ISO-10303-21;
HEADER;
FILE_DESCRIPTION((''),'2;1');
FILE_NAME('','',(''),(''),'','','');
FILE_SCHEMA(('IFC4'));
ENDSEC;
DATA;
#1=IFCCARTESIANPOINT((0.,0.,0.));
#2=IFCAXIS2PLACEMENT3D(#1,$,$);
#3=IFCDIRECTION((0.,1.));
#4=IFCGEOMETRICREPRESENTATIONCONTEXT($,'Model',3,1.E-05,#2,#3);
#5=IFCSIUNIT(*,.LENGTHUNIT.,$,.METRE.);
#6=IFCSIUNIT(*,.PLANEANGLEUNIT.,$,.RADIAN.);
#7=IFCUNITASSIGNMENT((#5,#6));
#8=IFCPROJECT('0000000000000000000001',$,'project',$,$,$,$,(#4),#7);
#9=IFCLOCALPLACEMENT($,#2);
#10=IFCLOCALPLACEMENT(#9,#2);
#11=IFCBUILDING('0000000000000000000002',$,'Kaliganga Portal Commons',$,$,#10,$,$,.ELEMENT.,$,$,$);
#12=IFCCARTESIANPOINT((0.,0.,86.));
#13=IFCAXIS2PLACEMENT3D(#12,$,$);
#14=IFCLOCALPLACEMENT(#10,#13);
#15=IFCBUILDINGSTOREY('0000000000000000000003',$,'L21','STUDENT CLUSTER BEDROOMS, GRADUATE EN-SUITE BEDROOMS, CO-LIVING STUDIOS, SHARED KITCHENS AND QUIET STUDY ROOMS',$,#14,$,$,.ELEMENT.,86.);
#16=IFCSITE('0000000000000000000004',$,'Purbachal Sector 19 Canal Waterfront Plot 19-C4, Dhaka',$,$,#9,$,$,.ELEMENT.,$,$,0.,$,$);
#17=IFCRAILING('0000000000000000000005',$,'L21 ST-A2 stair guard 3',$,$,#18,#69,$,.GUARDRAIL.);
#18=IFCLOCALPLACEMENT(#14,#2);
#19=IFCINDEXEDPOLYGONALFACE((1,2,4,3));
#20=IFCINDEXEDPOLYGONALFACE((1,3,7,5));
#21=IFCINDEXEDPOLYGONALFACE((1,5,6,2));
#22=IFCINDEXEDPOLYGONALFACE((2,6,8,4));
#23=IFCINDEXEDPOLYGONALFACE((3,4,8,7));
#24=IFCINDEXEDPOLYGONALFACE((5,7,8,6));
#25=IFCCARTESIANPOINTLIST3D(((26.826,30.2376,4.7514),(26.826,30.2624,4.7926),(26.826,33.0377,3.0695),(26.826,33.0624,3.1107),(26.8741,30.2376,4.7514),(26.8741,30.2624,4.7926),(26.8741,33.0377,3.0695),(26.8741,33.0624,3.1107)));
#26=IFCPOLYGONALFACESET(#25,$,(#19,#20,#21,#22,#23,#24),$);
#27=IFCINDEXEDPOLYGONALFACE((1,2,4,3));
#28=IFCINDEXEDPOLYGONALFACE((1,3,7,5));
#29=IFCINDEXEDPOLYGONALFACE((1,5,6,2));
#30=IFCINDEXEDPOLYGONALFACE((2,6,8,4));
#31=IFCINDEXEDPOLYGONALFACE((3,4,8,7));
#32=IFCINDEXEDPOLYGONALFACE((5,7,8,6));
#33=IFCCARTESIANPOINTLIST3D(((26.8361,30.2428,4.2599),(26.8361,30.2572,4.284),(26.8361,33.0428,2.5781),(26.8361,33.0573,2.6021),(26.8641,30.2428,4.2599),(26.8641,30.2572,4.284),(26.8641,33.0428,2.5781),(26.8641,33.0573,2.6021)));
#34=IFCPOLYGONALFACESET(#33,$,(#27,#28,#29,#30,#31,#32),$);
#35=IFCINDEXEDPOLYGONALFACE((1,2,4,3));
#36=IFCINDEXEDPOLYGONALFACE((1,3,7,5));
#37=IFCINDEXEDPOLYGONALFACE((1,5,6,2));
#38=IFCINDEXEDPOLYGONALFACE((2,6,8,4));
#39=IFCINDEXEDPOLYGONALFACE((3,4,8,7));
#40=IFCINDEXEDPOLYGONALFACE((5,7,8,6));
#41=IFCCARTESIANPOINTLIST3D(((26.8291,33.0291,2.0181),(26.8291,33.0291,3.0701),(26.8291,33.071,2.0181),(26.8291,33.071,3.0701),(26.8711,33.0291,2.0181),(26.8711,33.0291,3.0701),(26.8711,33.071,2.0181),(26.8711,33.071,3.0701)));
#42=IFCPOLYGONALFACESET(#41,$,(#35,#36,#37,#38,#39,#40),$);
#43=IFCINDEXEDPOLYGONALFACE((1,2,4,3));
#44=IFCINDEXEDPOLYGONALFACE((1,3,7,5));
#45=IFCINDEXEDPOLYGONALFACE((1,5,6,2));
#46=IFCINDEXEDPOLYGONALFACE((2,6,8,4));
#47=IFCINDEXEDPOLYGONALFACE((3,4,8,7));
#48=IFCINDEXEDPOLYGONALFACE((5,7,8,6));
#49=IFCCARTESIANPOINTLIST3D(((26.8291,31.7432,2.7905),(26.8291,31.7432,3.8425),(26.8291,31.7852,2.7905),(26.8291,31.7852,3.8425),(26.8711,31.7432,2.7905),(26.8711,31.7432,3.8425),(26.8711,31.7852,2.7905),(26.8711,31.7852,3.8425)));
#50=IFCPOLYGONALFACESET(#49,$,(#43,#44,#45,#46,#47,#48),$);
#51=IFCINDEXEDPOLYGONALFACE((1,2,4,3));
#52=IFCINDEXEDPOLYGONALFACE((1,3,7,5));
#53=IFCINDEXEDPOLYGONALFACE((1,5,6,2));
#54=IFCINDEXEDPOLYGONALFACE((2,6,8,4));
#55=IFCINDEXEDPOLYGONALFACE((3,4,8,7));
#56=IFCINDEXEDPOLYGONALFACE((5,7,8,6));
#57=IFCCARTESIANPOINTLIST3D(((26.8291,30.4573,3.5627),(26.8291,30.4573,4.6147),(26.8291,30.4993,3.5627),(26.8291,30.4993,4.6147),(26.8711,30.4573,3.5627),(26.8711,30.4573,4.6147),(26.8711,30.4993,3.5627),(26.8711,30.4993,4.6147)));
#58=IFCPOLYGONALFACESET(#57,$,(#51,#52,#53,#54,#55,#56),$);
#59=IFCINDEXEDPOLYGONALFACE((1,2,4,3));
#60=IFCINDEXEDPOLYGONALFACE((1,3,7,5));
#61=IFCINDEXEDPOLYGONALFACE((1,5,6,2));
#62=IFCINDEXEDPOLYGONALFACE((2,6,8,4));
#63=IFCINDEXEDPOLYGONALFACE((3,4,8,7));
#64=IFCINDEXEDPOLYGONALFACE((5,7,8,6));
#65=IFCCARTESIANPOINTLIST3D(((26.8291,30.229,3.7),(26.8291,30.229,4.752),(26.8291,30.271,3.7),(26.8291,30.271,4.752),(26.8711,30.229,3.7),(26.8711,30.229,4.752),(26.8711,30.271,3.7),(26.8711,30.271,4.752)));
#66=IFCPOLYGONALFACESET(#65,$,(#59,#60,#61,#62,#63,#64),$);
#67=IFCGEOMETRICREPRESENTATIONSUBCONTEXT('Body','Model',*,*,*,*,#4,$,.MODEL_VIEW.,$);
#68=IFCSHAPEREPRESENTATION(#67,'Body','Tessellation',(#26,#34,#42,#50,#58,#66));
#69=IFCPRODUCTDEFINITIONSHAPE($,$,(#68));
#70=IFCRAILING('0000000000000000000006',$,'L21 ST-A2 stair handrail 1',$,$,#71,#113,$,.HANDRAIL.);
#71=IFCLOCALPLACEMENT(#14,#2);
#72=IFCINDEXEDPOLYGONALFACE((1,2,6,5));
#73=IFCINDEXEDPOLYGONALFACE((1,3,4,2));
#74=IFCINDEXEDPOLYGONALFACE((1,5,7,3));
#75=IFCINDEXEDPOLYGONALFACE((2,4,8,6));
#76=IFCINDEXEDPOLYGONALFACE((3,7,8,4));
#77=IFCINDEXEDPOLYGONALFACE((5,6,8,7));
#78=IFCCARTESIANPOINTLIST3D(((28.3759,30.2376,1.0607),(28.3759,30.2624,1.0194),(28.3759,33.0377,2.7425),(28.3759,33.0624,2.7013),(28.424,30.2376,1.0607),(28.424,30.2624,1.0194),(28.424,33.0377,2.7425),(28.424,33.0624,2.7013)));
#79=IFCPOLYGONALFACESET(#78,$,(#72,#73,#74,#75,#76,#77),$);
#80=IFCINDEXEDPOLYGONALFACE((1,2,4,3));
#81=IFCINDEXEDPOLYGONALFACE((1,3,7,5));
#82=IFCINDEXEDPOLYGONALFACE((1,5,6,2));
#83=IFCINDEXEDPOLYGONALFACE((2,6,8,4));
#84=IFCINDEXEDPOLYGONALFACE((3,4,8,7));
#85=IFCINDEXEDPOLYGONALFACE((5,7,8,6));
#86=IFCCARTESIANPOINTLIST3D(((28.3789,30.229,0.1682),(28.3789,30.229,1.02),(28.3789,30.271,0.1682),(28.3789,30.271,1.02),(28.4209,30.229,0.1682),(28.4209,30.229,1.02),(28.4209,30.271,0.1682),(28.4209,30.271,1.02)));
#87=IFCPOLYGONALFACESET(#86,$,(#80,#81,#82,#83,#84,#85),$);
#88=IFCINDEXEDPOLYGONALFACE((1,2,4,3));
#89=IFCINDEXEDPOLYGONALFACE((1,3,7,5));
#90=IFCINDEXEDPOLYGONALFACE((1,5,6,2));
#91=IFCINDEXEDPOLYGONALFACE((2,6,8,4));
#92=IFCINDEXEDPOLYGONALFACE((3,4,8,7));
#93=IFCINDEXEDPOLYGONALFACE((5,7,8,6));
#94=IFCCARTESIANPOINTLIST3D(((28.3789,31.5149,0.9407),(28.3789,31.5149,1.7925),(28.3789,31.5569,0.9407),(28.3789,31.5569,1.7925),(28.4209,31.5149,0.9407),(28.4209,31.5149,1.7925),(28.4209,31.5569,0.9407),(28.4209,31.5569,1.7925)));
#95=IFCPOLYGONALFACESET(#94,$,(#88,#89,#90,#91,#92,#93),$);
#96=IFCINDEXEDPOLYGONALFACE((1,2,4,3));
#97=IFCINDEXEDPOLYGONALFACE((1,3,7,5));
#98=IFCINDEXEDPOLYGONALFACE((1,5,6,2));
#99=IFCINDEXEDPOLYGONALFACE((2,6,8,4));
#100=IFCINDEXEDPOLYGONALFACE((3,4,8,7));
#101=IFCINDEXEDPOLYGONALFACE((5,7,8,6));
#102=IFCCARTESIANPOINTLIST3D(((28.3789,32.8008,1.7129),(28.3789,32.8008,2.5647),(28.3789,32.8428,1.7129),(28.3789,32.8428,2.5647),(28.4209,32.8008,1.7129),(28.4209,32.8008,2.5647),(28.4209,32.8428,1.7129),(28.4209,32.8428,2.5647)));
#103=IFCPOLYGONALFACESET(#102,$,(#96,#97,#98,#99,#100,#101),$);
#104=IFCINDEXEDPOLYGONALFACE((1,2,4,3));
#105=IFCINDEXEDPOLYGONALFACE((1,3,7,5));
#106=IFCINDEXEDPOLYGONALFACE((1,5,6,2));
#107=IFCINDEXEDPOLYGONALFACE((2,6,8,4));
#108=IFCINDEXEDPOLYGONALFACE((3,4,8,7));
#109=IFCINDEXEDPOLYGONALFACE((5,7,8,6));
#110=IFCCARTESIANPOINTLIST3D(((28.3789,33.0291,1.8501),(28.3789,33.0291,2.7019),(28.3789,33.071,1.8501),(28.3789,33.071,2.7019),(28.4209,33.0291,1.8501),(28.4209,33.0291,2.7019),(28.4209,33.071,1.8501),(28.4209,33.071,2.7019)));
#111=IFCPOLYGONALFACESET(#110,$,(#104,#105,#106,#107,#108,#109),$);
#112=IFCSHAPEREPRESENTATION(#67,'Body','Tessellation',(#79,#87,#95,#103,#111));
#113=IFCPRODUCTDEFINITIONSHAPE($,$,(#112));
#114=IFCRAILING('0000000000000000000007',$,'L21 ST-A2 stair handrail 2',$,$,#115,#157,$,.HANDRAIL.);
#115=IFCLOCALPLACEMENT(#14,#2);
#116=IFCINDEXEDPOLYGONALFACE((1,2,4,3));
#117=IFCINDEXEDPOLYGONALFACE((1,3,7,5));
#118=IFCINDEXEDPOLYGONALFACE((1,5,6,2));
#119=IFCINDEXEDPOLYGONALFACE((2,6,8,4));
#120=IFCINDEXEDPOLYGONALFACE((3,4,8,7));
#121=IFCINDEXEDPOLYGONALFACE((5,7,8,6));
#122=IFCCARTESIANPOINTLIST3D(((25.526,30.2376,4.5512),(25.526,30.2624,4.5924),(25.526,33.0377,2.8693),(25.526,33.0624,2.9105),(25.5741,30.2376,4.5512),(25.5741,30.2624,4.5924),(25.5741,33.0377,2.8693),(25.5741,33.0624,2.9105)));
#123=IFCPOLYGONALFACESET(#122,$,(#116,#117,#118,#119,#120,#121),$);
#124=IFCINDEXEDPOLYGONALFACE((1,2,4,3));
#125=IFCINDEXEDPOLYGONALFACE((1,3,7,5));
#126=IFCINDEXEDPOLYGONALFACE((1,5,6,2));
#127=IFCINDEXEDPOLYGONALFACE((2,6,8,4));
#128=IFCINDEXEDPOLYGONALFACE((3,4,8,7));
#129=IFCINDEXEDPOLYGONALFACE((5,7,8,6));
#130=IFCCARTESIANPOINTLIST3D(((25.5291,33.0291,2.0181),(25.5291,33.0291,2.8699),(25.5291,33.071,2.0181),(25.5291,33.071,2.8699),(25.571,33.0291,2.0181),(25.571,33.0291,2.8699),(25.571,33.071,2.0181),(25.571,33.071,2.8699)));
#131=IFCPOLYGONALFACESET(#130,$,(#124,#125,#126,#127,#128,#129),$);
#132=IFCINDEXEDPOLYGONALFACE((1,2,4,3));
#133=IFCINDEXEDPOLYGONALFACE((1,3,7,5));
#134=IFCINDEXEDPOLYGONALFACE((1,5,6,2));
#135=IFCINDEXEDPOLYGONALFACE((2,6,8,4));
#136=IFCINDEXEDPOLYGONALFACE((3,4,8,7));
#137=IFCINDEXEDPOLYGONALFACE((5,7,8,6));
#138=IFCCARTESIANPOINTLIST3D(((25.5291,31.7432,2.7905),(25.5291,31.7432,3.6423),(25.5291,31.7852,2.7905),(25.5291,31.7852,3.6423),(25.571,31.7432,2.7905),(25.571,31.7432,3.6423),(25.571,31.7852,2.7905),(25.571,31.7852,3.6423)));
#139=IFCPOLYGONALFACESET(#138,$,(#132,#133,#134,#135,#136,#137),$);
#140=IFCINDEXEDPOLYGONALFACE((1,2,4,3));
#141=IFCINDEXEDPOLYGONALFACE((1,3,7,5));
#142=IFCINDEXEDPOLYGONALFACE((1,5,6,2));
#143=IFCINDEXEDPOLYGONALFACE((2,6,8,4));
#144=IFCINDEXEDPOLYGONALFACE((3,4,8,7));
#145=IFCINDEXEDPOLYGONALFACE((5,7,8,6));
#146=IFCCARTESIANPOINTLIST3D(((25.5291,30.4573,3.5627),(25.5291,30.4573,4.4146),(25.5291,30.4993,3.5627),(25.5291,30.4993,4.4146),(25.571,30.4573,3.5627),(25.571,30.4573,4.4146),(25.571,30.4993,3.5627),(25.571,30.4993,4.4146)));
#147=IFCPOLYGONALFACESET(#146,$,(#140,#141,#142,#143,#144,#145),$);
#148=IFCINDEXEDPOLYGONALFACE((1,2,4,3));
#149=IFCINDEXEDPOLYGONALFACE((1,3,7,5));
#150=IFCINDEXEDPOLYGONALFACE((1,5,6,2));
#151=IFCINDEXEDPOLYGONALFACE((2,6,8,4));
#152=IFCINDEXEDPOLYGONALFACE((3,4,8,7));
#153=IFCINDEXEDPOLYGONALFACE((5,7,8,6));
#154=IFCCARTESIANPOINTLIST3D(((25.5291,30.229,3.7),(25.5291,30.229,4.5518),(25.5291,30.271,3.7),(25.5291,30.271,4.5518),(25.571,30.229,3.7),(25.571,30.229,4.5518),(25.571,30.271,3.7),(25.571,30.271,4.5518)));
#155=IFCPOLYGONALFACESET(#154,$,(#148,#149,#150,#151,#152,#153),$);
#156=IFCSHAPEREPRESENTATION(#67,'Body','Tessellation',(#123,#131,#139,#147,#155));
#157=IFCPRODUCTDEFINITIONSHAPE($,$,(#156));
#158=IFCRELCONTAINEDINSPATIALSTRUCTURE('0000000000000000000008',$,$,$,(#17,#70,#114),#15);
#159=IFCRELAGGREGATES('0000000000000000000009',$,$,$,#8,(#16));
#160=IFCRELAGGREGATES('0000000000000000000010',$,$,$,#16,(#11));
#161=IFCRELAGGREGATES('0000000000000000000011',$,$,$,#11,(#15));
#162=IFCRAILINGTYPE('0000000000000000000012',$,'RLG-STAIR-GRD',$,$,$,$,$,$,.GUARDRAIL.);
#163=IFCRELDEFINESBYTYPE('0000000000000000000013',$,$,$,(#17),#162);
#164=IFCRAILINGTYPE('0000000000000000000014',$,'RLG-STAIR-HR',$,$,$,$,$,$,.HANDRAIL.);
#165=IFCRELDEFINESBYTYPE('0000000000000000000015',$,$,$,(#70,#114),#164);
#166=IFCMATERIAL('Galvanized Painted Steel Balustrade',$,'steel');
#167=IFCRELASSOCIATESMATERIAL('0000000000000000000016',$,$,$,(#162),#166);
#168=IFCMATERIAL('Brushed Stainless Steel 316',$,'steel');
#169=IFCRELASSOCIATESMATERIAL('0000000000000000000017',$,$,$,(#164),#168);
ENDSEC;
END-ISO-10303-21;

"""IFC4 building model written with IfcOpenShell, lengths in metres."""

from ifc_helpers import new_model, si_unit, direction, frame, origin, origin_2d, place, context, subcontext, project, spatial, rectangle, extrude, material, type_object, element, save


model = new_model("IFC4")

# Units and contexts
model_context = context("Model", 3, precision=1e-05, world=origin(), true_north=direction((0.0, 1.0)))
body_context = subcontext(model_context, "Body", "Model", "MODEL_VIEW")
ifc_project = project(units=[si_unit("LENGTHUNIT", "METRE"), si_unit("PLANEANGLEUNIT", "RADIAN")], contexts=[model_context])

# Site, building, storey
site_placement = place(None, origin())
site = spatial("IfcSite", under=ifc_project, at=site_placement, Name="Purbachal Sector 19 Canal Waterfront Plot 19-C4, Dhaka", CompositionType="ELEMENT", RefElevation=0.0)
building_placement = place(site_placement, origin())
building = spatial("IfcBuilding", under=site, at=building_placement, Name="Kaliganga Portal Commons", CompositionType="ELEMENT")
storey_placement = place(building_placement, frame((0.0, 0.0, 86.0)))
storey = spatial("IfcBuildingStorey", under=building, at=storey_placement, Name="L21", Description="STUDENT CLUSTER BEDROOMS, GRADUATE EN-SUITE BEDROOMS, CO-LIVING STUDIOS, SHARED KITCHENS AND QUIET STUDY ROOMS", CompositionType="ELEMENT", Elevation=86.0)

# Railings
ifc_material_1 = material(Name="Galvanized Painted Steel Balustrade", Category="steel")
railing_type_1 = type_object("IfcRailingType", Name="RLG-STAIR-GRD", PredefinedType="GUARDRAIL", material=ifc_material_1)
railing_1_placement = place(storey_placement, frame((26.8501, 33.05, 2.0181)))
element("IfcRailing", 1, at=railing_1_placement, inside=storey, type_object=railing_type_1, Name="L21 ST-A2 stair guard 3", PredefinedType="GUARDRAIL", context=body_context, shape_type="SweptSolid", body=[
    extrude(rectangle(XDim=0.0481, YDim=0.0481, at=origin_2d()), frame((0.0, 0.0, 1.072), z_axis=(0.0, -0.857242, 0.514913), x_axis=(1.0, 0.0, 0.0)), (0.0, 0.0, 1.0), 3.2664),
    extrude(rectangle(XDim=0.0281, YDim=0.0281, at=origin_2d()), frame((0.0, 0.0, 0.572), z_axis=(0.0, -0.857242, 0.514913), x_axis=(1.0, 0.0, 0.0)), (0.0, 0.0, 1.0), 3.2664),
    extrude(rectangle(XDim=0.042, YDim=0.042, at=origin_2d()), origin(), (0.0, 0.0, 1.0), 1.052),
    extrude(rectangle(XDim=0.042, YDim=0.042, at=origin_2d()), frame((0.0, -1.2859, 0.7725)), (0.0, 0.0, 1.0), 1.052),
    extrude(rectangle(XDim=0.042, YDim=0.042, at=origin_2d()), frame((0.0, -2.5718, 1.5447)), (0.0, 0.0, 1.0), 1.052),
    extrude(rectangle(XDim=0.042, YDim=0.042, at=origin_2d()), frame((0.0, -2.8, 1.6819)), (0.0, 0.0, 1.0), 1.052),
])
ifc_material_2 = material(Name="Brushed Stainless Steel 316", Category="steel")
railing_type_2 = type_object("IfcRailingType", Name="RLG-STAIR-HR", PredefinedType="HANDRAIL", material=ifc_material_2)
railing_2_placement = place(storey_placement, frame((28.3999, 30.25, 0.1682)))
element("IfcRailing", 2, at=railing_2_placement, inside=storey, type_object=railing_type_2, Name="L21 ST-A2 stair handrail 1", PredefinedType="HANDRAIL", context=body_context, shape_type="SweptSolid", body=[
    extrude(rectangle(XDim=0.0481, YDim=0.0481, at=origin_2d()), frame((0.0, 0.0, 0.8718), z_axis=(0.0, 0.857242, 0.514913), x_axis=(-1.0, 0.0, 0.0)), (0.0, 0.0, 1.0), 3.2664),
    extrude(rectangle(XDim=0.042, YDim=0.042, at=origin_2d()), origin(), (0.0, 0.0, 1.0), 0.8518),
    extrude(rectangle(XDim=0.042, YDim=0.042, at=origin_2d()), frame((0.0, 1.2859, 0.7725)), (0.0, 0.0, 1.0), 0.8518),
    extrude(rectangle(XDim=0.042, YDim=0.042, at=origin_2d()), frame((0.0, 2.5718, 1.5447)), (0.0, 0.0, 1.0), 0.8518),
    extrude(rectangle(XDim=0.042, YDim=0.042, at=origin_2d()), frame((0.0, 2.8, 1.6819)), (0.0, 0.0, 1.0), 0.8518),
])
railing_3_placement = place(storey_placement, frame((25.55, 33.05, 2.0181)))
element("IfcRailing", 3, at=railing_3_placement, inside=storey, type_object=railing_type_2, Name="L21 ST-A2 stair handrail 2", PredefinedType="HANDRAIL", context=body_context, shape_type="SweptSolid", body=[
    extrude(rectangle(XDim=0.0481, YDim=0.0481, at=origin_2d()), frame((0.0, 0.0, 0.8718), z_axis=(0.0, -0.857242, 0.514913), x_axis=(1.0, 0.0, 0.0)), (0.0, 0.0, 1.0), 3.2664),
    extrude(rectangle(XDim=0.042, YDim=0.042, at=origin_2d()), origin(), (0.0, 0.0, 1.0), 0.8518),
    extrude(rectangle(XDim=0.042, YDim=0.042, at=origin_2d()), frame((0.0, -1.2859, 0.7725)), (0.0, 0.0, 1.0), 0.8518),
    extrude(rectangle(XDim=0.042, YDim=0.042, at=origin_2d()), frame((0.0, -2.5718, 1.5447)), (0.0, 0.0, 1.0), 0.8518),
    extrude(rectangle(XDim=0.042, YDim=0.042, at=origin_2d()), frame((0.0, -2.8, 1.6819)), (0.0, 0.0, 1.0), 0.8518),
])

save(model, "model.ifc")
